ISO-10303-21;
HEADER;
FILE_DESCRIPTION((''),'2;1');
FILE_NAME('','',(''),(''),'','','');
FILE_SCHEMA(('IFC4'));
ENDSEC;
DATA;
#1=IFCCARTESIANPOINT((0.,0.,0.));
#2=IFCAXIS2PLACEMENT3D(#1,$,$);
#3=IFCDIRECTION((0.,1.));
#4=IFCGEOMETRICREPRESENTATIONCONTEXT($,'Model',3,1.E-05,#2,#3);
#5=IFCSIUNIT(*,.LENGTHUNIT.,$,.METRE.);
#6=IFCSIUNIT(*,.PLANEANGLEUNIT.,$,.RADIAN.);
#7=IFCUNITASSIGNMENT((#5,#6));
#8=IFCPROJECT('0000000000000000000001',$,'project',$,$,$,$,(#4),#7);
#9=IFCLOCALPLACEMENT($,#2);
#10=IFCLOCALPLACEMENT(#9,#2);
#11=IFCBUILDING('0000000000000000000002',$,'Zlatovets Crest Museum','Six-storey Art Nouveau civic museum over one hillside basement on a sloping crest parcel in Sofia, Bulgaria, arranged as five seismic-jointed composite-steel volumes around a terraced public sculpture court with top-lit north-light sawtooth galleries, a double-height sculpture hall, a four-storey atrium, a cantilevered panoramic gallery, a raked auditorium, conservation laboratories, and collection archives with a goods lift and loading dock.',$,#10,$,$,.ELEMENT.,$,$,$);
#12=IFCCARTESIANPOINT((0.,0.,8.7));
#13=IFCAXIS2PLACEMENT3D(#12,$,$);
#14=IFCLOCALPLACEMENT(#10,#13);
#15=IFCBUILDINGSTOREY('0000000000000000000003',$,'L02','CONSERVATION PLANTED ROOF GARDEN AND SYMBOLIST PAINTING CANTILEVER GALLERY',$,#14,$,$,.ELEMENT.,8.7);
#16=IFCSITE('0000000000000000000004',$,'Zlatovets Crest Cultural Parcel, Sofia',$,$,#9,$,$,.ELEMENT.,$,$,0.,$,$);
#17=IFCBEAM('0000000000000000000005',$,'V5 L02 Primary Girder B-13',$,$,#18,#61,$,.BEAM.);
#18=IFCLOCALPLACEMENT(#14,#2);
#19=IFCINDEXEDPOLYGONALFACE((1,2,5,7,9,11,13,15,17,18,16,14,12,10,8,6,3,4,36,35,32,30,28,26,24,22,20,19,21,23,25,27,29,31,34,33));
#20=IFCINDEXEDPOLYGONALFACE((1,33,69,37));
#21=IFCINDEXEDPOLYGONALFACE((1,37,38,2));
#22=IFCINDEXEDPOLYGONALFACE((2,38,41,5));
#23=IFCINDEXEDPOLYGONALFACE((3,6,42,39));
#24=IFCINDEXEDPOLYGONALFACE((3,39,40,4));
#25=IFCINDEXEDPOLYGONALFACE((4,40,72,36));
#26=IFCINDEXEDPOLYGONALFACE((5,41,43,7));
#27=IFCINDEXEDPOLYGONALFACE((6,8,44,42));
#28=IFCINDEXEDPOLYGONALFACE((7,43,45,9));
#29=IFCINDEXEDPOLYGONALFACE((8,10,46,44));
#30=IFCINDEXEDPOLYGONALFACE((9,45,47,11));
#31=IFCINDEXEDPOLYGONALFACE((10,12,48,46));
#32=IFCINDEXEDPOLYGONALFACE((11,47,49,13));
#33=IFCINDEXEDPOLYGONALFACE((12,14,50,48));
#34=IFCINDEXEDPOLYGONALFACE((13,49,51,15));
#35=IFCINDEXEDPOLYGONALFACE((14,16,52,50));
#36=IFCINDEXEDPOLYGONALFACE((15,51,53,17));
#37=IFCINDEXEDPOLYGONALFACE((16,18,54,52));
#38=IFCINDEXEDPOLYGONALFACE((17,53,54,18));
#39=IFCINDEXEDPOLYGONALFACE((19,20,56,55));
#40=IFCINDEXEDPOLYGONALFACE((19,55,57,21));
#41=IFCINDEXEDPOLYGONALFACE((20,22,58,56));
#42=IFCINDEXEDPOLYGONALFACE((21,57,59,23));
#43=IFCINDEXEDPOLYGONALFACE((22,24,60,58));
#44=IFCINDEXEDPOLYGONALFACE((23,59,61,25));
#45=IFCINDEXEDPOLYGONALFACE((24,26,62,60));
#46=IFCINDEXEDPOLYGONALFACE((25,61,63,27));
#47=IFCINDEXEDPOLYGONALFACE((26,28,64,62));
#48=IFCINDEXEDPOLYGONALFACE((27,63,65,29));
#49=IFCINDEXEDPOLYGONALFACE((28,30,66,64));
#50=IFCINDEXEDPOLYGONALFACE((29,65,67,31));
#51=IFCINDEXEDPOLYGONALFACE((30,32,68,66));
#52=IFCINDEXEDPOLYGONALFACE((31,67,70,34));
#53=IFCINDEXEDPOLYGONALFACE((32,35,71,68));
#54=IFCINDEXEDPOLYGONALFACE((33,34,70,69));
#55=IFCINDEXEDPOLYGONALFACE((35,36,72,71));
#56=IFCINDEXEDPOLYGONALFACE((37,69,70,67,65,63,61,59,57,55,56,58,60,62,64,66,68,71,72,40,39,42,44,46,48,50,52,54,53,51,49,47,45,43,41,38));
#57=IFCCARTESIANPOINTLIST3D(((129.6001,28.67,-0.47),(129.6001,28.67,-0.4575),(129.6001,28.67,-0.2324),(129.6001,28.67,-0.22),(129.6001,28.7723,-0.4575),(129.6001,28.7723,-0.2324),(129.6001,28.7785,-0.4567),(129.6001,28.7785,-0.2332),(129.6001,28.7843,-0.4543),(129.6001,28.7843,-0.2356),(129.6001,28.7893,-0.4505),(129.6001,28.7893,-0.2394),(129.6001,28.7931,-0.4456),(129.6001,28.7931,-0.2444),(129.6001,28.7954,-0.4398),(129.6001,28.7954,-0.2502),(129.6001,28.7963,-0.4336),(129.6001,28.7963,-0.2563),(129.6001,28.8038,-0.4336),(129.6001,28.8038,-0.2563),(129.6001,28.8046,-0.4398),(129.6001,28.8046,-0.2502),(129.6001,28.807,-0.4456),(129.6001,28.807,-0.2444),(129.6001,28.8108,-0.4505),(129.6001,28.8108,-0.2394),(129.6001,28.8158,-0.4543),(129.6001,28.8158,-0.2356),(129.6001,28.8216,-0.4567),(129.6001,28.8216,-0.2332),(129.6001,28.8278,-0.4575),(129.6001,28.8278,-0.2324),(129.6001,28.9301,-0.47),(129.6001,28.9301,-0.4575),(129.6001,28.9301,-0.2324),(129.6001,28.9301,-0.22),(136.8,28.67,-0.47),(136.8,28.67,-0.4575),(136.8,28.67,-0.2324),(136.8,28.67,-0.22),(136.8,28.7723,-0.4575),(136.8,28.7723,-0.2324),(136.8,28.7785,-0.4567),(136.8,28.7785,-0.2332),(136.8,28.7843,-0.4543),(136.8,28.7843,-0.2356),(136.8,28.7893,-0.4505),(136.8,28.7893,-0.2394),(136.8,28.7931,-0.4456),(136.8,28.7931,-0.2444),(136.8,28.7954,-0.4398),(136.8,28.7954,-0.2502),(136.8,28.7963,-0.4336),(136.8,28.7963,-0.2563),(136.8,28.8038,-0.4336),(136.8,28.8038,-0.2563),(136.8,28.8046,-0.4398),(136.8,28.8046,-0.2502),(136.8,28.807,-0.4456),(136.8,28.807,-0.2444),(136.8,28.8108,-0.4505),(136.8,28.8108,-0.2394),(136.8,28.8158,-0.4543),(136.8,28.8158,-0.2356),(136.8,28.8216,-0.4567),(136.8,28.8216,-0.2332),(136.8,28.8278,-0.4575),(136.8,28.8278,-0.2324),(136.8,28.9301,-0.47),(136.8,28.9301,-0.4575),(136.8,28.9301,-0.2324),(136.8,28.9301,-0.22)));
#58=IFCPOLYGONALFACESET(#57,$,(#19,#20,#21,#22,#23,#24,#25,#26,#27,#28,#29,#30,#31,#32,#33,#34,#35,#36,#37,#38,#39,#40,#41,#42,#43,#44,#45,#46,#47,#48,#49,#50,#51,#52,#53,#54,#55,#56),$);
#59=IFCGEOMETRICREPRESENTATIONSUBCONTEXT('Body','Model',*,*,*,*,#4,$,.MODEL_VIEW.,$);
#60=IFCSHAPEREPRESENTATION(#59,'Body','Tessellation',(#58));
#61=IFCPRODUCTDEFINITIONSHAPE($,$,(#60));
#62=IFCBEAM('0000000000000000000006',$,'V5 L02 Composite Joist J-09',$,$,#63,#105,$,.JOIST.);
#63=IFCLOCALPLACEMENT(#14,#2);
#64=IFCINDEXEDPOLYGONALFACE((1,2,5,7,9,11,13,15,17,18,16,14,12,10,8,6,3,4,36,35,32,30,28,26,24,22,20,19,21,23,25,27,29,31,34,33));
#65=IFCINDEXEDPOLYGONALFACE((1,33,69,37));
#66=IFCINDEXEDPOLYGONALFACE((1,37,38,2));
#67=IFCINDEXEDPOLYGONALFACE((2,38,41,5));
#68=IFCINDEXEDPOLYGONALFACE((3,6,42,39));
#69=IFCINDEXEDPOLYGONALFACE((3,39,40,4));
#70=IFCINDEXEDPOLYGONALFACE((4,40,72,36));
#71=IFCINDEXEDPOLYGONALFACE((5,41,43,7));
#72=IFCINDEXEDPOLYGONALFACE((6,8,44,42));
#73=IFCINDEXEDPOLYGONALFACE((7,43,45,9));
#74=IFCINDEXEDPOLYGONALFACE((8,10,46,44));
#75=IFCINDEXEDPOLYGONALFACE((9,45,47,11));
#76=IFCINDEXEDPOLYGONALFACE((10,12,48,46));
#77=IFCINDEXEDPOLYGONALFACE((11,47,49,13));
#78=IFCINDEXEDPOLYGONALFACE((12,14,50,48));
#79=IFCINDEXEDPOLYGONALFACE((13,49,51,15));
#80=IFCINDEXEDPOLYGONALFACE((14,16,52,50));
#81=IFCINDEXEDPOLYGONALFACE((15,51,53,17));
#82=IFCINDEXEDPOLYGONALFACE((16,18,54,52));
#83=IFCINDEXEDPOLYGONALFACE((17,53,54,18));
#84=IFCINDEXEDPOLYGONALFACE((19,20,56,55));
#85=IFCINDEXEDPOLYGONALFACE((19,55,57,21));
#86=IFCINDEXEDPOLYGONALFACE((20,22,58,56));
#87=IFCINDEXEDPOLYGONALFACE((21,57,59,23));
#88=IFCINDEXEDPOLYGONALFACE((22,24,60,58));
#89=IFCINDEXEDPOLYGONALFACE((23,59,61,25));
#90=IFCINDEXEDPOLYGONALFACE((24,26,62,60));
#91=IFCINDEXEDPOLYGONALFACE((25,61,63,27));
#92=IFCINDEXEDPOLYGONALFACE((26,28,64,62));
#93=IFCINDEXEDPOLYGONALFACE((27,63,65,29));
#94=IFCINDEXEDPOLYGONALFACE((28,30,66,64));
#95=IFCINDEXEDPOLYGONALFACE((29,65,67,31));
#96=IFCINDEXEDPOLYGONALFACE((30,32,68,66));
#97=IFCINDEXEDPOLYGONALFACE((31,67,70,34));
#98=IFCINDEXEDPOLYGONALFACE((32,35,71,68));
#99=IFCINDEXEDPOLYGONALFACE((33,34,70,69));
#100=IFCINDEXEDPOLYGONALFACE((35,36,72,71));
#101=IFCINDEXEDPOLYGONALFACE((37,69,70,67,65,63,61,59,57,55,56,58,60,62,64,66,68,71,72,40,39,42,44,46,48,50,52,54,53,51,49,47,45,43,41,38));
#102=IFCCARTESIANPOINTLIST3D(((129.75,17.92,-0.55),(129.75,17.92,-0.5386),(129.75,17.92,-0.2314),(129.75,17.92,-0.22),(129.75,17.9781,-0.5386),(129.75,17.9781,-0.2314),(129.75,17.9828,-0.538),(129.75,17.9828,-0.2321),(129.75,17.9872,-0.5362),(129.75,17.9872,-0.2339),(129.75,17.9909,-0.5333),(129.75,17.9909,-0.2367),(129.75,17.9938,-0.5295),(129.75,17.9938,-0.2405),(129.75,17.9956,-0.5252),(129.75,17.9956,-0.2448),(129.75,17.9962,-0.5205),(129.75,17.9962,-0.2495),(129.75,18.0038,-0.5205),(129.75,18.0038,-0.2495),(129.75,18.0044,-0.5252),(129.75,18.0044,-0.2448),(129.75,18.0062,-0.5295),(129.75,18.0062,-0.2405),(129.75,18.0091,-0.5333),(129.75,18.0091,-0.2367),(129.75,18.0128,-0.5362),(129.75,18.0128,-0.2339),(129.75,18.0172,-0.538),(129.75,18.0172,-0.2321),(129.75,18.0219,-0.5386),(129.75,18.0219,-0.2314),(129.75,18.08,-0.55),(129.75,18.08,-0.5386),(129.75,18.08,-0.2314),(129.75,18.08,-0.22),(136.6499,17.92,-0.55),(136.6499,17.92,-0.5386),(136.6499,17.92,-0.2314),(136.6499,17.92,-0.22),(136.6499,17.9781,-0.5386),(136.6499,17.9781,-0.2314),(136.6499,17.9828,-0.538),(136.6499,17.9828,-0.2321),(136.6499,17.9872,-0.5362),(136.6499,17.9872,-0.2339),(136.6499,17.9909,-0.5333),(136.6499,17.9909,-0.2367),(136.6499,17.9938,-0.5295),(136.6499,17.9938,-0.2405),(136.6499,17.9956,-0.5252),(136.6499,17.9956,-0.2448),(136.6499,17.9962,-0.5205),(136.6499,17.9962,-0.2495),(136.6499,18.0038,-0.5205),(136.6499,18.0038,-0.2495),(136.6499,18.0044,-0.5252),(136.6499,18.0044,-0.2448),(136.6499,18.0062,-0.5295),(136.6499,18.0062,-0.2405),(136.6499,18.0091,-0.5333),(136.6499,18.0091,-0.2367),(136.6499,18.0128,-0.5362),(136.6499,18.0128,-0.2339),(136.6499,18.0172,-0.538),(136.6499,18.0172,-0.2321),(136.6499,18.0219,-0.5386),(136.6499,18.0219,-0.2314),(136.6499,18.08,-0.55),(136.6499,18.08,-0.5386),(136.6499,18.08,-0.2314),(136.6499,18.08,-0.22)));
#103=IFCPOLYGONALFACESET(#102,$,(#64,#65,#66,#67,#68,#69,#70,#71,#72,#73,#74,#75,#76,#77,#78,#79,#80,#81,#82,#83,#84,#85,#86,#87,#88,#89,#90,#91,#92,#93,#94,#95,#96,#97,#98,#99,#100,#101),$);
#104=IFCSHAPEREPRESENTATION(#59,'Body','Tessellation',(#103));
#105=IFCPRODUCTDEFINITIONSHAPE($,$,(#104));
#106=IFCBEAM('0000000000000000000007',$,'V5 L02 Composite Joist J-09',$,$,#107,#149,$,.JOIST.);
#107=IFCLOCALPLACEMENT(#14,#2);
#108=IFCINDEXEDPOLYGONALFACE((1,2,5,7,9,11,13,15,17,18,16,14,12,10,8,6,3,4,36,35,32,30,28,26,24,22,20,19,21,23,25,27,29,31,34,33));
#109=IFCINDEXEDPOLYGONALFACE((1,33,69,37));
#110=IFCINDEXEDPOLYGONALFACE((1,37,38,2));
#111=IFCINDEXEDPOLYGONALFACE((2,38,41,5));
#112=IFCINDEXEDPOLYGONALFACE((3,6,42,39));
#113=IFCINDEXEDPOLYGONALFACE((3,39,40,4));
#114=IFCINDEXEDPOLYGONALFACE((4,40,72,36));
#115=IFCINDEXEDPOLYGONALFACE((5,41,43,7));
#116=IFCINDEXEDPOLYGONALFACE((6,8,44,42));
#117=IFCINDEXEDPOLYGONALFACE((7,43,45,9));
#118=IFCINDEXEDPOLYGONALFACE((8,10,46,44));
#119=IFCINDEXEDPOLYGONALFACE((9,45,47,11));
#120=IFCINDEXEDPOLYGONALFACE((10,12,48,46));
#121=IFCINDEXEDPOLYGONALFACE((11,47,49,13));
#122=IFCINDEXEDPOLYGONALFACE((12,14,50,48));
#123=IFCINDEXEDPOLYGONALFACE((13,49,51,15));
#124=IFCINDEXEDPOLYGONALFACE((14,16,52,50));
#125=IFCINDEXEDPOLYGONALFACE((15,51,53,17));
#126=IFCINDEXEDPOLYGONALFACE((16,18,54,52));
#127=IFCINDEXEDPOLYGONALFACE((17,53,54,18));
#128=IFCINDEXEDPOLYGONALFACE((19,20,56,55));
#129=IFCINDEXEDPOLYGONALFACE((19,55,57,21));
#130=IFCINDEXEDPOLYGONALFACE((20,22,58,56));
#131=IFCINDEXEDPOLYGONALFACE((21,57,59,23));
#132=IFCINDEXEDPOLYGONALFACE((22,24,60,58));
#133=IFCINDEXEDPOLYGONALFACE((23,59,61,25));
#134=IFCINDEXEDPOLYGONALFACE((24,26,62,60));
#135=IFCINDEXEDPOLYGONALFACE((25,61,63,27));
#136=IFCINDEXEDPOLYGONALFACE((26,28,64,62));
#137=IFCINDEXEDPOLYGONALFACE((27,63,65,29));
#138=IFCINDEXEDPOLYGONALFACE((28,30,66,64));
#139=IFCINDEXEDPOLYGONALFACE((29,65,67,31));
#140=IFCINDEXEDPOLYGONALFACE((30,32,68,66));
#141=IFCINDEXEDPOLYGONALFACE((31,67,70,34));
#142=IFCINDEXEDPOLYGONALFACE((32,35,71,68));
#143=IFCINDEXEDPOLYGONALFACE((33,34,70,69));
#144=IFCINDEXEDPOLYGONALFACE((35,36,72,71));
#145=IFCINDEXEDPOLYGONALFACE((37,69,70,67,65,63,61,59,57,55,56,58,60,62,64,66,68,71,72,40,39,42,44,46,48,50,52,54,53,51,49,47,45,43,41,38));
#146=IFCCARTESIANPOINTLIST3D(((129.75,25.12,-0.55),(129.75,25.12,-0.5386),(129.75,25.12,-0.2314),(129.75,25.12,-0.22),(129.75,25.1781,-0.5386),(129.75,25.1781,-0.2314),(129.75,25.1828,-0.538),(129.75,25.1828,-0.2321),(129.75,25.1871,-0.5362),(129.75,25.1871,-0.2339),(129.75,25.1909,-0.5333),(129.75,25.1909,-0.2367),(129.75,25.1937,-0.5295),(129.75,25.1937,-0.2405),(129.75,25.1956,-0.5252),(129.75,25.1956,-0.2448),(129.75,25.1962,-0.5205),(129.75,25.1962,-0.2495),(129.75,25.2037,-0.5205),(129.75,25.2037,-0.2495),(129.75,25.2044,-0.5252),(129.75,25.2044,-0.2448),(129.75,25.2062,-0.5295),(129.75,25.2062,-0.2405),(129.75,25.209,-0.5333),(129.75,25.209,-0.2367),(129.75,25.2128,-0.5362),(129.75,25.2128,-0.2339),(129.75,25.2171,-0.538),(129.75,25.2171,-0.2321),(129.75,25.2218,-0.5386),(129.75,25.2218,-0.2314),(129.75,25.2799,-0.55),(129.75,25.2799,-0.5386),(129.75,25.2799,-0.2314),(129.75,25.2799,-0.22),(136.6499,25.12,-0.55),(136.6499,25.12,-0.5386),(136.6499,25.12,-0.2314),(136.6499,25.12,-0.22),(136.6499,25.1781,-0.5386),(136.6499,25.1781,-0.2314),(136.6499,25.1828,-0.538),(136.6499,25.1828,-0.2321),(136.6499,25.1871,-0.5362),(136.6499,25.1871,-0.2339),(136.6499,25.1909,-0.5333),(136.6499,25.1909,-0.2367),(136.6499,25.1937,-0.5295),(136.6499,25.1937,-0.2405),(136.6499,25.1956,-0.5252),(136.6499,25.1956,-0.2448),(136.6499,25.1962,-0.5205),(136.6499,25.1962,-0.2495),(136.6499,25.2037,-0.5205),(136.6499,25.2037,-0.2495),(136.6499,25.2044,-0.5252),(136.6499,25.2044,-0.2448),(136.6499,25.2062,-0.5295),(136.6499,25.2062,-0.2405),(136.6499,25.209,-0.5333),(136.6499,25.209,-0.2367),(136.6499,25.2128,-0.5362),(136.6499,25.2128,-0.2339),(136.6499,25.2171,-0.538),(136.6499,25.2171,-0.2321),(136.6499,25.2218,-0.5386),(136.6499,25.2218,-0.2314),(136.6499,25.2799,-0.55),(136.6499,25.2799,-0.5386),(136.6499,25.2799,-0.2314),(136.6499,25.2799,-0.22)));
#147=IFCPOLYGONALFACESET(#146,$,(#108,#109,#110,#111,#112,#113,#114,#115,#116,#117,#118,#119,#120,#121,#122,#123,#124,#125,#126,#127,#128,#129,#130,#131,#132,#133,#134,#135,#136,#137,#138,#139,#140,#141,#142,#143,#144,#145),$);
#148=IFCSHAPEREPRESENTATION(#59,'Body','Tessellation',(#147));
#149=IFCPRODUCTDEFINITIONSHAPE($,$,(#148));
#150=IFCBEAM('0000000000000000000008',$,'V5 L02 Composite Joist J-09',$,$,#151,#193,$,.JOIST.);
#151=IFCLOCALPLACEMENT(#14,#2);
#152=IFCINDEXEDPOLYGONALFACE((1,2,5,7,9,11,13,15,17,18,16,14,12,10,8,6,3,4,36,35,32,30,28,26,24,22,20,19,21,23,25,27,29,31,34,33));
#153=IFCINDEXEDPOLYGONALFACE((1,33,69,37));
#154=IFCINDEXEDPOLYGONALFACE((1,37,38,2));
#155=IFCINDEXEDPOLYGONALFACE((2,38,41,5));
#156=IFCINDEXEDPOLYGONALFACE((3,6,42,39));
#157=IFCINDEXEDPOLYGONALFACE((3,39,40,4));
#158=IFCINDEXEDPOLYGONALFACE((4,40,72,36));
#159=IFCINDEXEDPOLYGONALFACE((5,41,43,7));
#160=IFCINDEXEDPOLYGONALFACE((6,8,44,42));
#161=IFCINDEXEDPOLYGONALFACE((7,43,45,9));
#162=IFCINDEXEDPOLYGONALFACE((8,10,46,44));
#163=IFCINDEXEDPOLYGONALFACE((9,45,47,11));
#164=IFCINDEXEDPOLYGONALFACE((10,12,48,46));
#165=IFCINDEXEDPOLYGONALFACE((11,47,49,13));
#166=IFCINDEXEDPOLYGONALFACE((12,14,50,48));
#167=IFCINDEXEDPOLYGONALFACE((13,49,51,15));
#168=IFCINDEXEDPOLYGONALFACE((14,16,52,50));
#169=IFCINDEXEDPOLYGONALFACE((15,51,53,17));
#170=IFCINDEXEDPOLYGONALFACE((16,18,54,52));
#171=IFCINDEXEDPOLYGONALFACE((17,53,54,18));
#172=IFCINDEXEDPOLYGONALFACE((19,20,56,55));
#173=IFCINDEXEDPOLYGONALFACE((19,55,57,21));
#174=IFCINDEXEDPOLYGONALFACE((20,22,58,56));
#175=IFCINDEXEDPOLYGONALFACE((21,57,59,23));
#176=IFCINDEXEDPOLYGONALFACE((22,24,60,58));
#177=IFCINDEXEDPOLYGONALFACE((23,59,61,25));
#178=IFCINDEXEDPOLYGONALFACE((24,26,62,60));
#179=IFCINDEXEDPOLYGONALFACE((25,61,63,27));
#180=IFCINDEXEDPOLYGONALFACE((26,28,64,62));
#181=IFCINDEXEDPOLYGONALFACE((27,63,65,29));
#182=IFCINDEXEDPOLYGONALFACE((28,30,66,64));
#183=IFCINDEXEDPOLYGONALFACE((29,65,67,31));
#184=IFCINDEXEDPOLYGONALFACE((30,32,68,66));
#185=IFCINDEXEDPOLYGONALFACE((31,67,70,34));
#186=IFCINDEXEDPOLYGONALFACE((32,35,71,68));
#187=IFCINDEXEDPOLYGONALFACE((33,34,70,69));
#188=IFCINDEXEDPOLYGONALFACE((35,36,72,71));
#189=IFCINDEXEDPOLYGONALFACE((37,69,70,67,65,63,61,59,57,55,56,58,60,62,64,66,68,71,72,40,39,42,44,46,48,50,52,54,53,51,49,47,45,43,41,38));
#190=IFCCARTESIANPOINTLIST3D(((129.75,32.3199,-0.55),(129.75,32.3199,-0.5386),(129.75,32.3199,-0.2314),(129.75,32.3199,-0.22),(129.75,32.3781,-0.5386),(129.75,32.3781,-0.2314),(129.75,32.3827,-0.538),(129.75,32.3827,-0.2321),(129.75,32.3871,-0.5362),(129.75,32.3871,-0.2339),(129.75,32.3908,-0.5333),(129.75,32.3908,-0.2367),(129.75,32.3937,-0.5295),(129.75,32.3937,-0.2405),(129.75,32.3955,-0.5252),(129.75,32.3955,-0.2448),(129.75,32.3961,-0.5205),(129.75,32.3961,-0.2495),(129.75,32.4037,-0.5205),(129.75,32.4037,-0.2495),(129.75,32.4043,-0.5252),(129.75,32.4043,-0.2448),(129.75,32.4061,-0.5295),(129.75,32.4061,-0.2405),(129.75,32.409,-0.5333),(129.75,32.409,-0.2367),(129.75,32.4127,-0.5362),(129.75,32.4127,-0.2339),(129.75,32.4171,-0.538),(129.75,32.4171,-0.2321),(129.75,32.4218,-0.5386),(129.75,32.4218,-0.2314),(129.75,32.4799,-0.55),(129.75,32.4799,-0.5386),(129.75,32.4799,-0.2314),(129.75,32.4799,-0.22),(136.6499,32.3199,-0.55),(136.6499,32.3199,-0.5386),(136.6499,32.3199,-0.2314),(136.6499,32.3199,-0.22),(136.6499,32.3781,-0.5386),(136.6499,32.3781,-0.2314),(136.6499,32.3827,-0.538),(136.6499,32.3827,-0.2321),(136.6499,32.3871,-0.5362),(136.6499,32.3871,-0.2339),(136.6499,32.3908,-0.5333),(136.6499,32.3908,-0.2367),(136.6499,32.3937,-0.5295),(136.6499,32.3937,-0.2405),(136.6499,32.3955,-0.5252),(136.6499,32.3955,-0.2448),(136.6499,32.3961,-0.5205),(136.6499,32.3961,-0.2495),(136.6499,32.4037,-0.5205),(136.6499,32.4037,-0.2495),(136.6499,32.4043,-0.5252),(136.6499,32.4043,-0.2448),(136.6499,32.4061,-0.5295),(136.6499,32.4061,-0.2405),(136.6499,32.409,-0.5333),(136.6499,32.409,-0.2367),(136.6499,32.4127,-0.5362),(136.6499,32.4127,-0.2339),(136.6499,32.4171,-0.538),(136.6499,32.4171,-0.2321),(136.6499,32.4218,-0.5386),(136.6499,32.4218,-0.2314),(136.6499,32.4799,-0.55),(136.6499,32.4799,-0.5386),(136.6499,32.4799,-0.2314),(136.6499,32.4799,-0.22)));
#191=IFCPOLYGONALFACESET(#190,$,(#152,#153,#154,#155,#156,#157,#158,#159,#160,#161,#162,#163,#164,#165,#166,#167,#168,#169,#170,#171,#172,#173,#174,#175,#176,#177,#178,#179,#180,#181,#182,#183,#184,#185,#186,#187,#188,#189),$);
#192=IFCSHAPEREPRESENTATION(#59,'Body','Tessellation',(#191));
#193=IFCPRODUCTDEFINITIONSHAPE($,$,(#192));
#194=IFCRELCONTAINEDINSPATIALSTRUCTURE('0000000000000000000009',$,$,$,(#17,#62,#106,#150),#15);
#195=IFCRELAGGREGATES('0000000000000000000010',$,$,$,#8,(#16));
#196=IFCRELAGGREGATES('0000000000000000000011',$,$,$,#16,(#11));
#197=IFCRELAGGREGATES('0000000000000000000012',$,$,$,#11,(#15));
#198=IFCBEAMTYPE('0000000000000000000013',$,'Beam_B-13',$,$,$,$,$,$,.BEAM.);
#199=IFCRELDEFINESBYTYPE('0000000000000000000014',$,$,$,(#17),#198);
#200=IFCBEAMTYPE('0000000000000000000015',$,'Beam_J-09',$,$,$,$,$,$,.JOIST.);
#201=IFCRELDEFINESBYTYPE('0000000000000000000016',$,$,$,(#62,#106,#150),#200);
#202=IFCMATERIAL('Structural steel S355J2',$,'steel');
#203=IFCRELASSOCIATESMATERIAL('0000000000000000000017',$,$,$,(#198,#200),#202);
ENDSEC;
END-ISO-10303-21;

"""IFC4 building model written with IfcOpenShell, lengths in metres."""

from ifc_helpers import new_model, si_unit, direction, frame, origin, origin_2d, place, context, subcontext, project, spatial, i_section, extrude, material, material_profile, profile_set, type_object, element, save


model = new_model("IFC4")

# Units and contexts
model_context = context("Model", 3, precision=1e-05, world=origin(), true_north=direction((0.0, 1.0)))
body_context = subcontext(model_context, "Body", "Model", "MODEL_VIEW")
ifc_project = project(units=[si_unit("LENGTHUNIT", "METRE"), si_unit("PLANEANGLEUNIT", "RADIAN")], contexts=[model_context])

# Site, building, storey
site_placement = place(None, origin())
site = spatial("IfcSite", under=ifc_project, at=site_placement, Name="Zlatovets Crest Cultural Parcel, Sofia", CompositionType="ELEMENT", RefElevation=0.0)
building_placement = place(site_placement, origin())
building = spatial("IfcBuilding", under=site, at=building_placement, Name="Zlatovets Crest Museum", Description="Six-storey Art Nouveau civic museum over one hillside basement on a sloping crest parcel in Sofia, Bulgaria, arranged as five seismic-jointed composite-steel volumes around a terraced public sculpture court with top-lit north-light sawtooth galleries, a double-height sculpture hall, a four-storey atrium, a cantilevered panoramic gallery, a raked auditorium, conservation laboratories, and collection archives with a goods lift and loading dock.", CompositionType="ELEMENT")
storey_placement = place(building_placement, frame((0.0, 0.0, 8.7)))
storey = spatial("IfcBuildingStorey", under=building, at=storey_placement, Name="L02", Description="CONSERVATION PLANTED ROOF GARDEN AND SYMBOLIST PAINTING CANTILEVER GALLERY", CompositionType="ELEMENT", Elevation=8.7)

# Shared definitions
ifc_material_1 = material(Name="Structural steel S355J2", Category="steel")

# Beams
ifc_material_profile_1 = material_profile(ifc_material_1, i_section(OverallWidth=0.26, OverallDepth=0.25, WebThickness=0.0076, FlangeThickness=0.0125, FilletRadius=0.0239, at=origin_2d()), Name="HEA 260")
ifc_profile_set_1 = profile_set([ifc_material_profile_1], Name="Structural steel S355J2")
beam_type_1 = type_object("IfcBeamType", Name="Beam_B-13", PredefinedType="BEAM", material=ifc_profile_set_1)
for number, where, z_axis, x_axis, name in (
    (1, (129.6001, 28.8, -0.345), (1.0, 0.0, 0.0), (0.0, 1.0, 0.0), "V5 L02 Primary Girder B-13"),
):
    element("IfcBeam", number, at=place(storey_placement, frame(where, z_axis=z_axis, x_axis=x_axis)), inside=storey, type_object=beam_type_1, Name=name, PredefinedType="BEAM", context=body_context, shape_type="SweptSolid", body=[
        extrude(i_section(OverallWidth=0.26, OverallDepth=0.25, WebThickness=0.0076, FlangeThickness=0.0125, FilletRadius=0.0239, at=origin_2d()), origin(), (0.0, 0.0, 1.0), 7.2),
    ])
ifc_material_profile_2 = material_profile(ifc_material_1, i_section(OverallWidth=0.1599, OverallDepth=0.3301, WebThickness=0.0076, FlangeThickness=0.0115, FilletRadius=0.0181, at=origin_2d()), Name="IPE 330")
ifc_profile_set_2 = profile_set([ifc_material_profile_2], Name="Structural steel S355J2")
beam_type_2 = type_object("IfcBeamType", Name="Beam_J-09", PredefinedType="JOIST", material=ifc_profile_set_2)
for number, where, z_axis, x_axis, name in (
    (2, (129.75, 18.0, -0.385), (1.0, 0.0, 0.0), (0.0, 1.0, 0.0), "V5 L02 Composite Joist J-09"),
    (3, (129.75, 25.2, -0.385), (1.0, 0.0, 0.0), (0.0, 1.0, 0.0), "V5 L02 Composite Joist J-09"),
    (4, (129.75, 32.3999, -0.385), (1.0, 0.0, 0.0), (0.0, 1.0, 0.0), "V5 L02 Composite Joist J-09"),
):
    element("IfcBeam", number, at=place(storey_placement, frame(where, z_axis=z_axis, x_axis=x_axis)), inside=storey, type_object=beam_type_2, Name=name, PredefinedType="JOIST", context=body_context, shape_type="SweptSolid", body=[
        extrude(i_section(OverallWidth=0.1599, OverallDepth=0.3301, WebThickness=0.0076, FlangeThickness=0.0115, FilletRadius=0.0181, at=origin_2d()), origin(), (0.0, 0.0, 1.0), 6.8999),
    ])

save(model, "model.ifc")
